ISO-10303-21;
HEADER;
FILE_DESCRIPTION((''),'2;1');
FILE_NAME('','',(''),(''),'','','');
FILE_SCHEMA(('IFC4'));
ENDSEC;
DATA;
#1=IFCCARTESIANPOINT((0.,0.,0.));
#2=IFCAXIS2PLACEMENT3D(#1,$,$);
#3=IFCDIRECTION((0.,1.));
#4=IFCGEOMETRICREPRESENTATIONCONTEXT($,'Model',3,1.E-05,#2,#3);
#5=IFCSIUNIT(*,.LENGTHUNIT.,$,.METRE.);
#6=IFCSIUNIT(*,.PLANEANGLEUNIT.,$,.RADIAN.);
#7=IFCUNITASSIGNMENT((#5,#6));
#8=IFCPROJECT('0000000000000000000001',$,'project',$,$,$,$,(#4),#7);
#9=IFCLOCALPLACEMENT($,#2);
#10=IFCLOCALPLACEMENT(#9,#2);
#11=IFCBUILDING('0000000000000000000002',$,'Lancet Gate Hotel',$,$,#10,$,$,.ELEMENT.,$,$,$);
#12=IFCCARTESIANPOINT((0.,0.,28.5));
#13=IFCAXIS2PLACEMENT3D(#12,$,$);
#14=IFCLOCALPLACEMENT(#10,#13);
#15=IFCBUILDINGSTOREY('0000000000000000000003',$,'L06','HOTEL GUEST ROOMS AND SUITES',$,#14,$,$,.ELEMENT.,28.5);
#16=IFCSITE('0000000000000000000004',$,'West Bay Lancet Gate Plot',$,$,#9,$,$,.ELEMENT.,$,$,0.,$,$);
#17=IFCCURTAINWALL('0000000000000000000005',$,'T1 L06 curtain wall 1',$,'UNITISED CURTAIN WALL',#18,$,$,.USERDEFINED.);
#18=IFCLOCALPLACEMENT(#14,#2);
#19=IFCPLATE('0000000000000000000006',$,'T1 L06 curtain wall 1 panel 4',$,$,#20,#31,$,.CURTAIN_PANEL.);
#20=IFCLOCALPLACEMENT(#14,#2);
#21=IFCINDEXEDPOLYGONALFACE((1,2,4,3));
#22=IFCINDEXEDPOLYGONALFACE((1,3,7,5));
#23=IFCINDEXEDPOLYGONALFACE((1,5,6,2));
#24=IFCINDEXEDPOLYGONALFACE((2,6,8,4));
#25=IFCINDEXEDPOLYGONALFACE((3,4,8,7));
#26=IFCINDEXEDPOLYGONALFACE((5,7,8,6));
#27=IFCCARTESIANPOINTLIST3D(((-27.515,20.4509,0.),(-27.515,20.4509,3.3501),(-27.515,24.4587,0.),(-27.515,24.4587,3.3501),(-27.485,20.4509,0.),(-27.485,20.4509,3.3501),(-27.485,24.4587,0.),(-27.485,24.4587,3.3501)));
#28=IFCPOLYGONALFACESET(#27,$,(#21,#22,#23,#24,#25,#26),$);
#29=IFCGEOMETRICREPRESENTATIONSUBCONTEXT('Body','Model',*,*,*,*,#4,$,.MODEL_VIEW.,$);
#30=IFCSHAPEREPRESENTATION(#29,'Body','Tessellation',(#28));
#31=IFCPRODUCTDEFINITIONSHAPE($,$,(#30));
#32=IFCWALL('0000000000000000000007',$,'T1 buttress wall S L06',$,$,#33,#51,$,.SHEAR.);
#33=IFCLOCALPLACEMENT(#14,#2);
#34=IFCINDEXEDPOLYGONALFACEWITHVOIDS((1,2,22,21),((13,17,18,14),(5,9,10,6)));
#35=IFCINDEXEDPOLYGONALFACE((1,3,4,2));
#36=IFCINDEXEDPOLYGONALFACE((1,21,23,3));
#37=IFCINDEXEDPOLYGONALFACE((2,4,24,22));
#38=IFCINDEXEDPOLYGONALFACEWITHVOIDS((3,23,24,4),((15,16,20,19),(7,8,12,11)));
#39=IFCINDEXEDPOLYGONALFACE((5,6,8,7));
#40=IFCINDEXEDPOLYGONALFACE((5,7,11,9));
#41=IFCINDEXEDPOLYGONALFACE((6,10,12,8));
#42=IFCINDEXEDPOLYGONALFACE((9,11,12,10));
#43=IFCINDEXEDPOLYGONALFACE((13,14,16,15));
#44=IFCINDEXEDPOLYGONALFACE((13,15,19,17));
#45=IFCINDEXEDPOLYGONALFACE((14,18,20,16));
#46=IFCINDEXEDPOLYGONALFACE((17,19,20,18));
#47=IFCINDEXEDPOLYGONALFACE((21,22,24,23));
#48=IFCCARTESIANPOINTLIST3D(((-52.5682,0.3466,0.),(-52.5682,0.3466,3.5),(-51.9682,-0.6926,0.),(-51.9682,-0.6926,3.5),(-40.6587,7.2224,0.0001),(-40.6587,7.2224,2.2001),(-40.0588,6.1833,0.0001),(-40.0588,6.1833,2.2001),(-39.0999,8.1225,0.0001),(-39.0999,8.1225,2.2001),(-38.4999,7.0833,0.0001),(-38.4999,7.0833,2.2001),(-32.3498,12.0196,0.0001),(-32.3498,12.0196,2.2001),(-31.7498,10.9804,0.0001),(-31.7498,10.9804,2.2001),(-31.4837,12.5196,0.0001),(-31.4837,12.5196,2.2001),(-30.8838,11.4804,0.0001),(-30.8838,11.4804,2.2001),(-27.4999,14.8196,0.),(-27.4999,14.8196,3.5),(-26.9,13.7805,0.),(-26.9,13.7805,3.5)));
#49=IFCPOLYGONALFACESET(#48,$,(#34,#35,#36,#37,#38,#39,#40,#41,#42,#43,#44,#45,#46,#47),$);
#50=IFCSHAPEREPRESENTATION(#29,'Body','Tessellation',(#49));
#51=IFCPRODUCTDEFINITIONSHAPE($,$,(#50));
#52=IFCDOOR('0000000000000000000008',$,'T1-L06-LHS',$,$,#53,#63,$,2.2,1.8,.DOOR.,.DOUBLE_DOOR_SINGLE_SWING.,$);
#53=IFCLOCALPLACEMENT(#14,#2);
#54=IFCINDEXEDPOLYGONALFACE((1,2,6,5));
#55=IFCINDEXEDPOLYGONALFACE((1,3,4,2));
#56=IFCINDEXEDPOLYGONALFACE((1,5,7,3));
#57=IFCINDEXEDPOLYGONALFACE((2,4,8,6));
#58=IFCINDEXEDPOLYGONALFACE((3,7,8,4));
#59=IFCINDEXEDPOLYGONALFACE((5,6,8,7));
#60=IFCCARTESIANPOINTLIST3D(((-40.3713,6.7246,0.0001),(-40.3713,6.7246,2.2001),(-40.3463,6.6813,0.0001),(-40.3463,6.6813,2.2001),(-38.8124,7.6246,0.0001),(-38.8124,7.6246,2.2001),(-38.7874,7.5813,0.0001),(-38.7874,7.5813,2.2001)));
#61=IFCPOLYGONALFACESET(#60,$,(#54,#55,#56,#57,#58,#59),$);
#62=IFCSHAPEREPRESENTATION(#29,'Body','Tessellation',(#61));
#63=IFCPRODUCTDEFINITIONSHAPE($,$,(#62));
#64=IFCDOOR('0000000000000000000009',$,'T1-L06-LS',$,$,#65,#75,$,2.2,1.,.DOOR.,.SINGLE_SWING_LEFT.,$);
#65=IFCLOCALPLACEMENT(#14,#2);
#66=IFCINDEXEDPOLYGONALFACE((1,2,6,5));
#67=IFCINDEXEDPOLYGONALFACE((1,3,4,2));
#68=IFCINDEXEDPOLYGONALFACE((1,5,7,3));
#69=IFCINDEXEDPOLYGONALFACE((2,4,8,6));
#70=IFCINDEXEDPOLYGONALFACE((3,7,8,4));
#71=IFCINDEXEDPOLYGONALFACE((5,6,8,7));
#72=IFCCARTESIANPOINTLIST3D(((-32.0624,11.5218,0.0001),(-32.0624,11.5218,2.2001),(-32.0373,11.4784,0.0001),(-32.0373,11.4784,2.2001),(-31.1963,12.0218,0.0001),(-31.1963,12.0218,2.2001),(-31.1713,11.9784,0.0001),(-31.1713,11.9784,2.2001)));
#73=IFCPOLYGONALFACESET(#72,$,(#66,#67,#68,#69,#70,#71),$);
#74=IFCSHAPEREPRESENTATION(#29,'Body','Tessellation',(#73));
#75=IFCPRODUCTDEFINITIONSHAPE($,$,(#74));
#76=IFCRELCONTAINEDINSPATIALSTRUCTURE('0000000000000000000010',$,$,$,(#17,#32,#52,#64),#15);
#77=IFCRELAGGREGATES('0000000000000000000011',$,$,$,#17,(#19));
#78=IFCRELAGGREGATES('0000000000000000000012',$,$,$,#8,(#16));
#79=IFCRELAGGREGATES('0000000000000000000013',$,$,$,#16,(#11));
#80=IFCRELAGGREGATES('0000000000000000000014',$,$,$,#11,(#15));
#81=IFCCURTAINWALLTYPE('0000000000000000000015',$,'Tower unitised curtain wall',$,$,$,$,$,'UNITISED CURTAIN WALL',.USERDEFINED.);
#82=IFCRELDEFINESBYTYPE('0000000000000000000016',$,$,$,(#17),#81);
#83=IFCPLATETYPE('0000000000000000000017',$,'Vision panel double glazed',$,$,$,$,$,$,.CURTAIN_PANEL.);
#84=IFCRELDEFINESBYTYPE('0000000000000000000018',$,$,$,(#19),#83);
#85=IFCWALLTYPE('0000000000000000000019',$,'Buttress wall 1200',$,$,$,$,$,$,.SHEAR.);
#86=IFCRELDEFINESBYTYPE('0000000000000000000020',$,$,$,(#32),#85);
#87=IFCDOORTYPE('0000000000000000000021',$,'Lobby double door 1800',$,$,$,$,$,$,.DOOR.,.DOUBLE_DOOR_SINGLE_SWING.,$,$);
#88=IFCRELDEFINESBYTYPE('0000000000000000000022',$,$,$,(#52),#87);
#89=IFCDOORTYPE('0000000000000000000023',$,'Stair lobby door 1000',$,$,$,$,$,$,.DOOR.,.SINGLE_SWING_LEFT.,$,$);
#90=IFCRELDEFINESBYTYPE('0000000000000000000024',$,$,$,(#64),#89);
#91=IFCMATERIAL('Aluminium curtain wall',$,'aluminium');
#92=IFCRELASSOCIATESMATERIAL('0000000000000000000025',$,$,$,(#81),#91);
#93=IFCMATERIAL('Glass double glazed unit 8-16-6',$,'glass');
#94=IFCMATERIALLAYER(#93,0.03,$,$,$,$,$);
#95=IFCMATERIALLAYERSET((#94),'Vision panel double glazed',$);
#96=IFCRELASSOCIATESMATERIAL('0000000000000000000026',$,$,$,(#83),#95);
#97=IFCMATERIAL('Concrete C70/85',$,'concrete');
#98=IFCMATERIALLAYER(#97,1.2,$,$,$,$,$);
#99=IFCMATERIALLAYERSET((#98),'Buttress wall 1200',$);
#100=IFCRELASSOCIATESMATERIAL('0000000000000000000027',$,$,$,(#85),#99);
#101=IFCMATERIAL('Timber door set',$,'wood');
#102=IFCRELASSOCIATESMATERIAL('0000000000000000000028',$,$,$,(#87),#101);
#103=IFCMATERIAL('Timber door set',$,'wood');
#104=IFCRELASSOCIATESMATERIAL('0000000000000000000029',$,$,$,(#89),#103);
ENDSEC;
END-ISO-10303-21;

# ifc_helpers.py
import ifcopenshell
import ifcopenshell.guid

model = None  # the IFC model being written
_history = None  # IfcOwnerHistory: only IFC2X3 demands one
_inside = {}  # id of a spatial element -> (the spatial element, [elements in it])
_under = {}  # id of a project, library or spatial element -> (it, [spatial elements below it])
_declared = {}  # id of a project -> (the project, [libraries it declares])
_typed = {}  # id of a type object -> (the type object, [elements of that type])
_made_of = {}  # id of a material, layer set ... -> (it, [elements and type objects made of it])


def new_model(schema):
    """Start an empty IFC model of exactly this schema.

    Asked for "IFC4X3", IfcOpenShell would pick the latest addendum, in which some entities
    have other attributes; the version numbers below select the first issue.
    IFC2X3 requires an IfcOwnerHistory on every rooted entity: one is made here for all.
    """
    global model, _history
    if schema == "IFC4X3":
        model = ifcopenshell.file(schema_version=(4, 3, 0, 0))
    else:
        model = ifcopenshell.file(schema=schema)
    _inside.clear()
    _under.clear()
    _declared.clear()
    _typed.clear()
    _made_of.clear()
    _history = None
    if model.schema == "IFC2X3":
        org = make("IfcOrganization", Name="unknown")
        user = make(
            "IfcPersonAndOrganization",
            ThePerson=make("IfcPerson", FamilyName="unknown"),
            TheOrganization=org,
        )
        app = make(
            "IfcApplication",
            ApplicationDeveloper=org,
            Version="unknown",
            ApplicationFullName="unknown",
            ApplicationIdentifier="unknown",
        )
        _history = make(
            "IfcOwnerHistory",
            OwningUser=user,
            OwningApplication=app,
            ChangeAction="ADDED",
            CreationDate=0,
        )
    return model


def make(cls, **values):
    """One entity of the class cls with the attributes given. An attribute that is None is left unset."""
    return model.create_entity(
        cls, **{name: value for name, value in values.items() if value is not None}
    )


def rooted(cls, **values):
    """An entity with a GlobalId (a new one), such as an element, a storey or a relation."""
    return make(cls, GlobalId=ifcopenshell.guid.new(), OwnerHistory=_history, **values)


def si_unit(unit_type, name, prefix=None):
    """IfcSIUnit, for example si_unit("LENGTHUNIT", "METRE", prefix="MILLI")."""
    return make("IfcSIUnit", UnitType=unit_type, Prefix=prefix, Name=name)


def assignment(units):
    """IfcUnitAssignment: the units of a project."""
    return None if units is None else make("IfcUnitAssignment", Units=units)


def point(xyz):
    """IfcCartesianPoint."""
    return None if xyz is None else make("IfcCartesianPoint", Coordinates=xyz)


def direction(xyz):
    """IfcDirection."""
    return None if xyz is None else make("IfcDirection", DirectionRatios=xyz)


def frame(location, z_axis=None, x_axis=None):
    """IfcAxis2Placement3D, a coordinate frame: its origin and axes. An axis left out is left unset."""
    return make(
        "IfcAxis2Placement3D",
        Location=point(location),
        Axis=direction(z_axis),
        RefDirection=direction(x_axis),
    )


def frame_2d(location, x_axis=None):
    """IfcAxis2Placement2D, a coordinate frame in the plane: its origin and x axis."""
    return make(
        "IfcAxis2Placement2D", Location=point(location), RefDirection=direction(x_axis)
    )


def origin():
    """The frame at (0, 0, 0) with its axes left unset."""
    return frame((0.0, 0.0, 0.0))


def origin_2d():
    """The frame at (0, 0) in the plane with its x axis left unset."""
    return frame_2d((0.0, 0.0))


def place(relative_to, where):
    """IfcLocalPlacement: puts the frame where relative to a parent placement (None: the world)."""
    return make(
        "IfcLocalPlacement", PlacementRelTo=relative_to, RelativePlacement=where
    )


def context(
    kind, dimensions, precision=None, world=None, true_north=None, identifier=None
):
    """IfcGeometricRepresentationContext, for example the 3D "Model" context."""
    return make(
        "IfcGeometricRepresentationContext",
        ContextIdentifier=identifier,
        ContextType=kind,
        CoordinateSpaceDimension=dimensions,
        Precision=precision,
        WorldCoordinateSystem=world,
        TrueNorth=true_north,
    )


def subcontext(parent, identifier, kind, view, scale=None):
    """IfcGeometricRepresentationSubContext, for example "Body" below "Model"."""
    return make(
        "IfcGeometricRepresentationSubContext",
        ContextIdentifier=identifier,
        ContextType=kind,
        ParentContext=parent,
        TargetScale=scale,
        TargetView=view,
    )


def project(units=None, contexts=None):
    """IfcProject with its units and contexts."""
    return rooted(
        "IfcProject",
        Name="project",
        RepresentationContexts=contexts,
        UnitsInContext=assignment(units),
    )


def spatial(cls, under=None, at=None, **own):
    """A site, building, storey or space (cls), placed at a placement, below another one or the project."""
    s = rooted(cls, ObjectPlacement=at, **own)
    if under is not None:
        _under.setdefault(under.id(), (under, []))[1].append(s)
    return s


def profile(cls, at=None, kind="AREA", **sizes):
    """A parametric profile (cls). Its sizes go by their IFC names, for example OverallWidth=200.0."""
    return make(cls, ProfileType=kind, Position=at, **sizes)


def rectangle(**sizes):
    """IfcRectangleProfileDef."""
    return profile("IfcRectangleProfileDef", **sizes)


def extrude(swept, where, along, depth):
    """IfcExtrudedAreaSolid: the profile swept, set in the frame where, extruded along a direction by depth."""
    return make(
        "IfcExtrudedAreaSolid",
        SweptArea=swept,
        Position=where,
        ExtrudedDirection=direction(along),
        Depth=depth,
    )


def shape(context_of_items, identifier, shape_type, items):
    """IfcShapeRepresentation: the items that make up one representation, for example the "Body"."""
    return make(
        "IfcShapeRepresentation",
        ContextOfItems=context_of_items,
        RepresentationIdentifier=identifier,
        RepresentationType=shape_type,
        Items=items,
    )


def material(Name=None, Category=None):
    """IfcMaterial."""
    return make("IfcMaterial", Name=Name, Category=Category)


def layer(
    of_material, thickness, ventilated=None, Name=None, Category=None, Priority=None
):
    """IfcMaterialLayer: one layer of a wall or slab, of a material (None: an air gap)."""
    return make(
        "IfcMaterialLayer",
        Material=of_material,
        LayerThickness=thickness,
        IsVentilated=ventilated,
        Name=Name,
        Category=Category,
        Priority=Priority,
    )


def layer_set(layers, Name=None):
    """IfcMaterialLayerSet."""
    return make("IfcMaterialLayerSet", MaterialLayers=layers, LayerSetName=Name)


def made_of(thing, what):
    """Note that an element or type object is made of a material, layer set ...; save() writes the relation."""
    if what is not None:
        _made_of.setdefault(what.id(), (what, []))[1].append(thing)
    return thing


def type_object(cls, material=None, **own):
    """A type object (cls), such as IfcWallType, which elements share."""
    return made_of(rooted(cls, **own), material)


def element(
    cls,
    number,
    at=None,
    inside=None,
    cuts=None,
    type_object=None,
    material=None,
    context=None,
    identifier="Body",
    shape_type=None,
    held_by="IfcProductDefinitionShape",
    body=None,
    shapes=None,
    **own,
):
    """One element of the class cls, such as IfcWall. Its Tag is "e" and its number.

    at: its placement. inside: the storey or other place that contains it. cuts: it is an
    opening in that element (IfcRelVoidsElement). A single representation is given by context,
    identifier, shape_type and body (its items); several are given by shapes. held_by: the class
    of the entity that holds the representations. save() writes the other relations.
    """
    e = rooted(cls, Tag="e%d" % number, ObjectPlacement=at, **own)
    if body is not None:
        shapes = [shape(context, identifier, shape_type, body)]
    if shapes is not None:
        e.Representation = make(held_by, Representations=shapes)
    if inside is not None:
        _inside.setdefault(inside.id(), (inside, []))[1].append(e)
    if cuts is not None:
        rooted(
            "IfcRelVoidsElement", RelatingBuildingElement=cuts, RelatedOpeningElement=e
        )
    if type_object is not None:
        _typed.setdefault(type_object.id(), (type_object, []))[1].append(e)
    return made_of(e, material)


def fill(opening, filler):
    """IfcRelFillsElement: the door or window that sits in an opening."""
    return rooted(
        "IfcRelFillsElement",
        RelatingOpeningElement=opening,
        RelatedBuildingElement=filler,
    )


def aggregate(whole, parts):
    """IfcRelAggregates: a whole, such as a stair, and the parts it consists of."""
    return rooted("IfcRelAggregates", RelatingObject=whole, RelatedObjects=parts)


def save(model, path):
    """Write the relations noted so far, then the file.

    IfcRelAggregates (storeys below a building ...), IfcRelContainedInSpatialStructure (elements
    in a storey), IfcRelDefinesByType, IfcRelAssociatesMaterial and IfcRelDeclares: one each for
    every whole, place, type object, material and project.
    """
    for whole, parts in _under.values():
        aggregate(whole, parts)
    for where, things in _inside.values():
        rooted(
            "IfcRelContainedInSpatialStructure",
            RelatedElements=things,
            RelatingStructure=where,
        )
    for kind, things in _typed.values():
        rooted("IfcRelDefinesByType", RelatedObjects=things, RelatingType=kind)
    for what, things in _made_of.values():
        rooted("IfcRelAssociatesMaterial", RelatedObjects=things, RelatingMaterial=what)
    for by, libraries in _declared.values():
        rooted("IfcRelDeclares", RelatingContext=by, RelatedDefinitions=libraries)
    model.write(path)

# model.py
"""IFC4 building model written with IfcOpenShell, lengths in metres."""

from ifc_helpers import new_model, si_unit, direction, frame, frame_2d, origin, origin_2d, place, context, subcontext, project, spatial, rectangle, extrude, material, layer, layer_set, type_object, element, fill, aggregate, save


model = new_model("IFC4")

# Units and contexts
model_context = context("Model", 3, precision=1e-05, world=origin(), true_north=direction((0.0, 1.0)))
body_context = subcontext(model_context, "Body", "Model", "MODEL_VIEW")
ifc_project = project(units=[si_unit("LENGTHUNIT", "METRE"), si_unit("PLANEANGLEUNIT", "RADIAN")], contexts=[model_context])

# Site, building, storey
site_placement = place(None, origin())
site = spatial("IfcSite", under=ifc_project, at=site_placement, Name="West Bay Lancet Gate Plot", CompositionType="ELEMENT", RefElevation=0.0)
building_placement = place(site_placement, origin())
building = spatial("IfcBuilding", under=site, at=building_placement, Name="Lancet Gate Hotel", CompositionType="ELEMENT")
storey_placement = place(building_placement, frame((0.0, 0.0, 28.5)))
storey = spatial("IfcBuildingStorey", under=building, at=storey_placement, Name="L06", Description="HOTEL GUEST ROOMS AND SUITES", CompositionType="ELEMENT", Elevation=28.5)

# Curtain wall
ifc_material_1 = material(Name="Aluminium curtain wall", Category="aluminium")
curtain_wall_type = type_object("IfcCurtainWallType", Name="Tower unitised curtain wall", ElementType="UNITISED CURTAIN WALL", PredefinedType="USERDEFINED", material=ifc_material_1)
curtain_wall_placement = place(storey_placement, origin())
curtain_wall = element("IfcCurtainWall", 1, at=curtain_wall_placement, inside=storey, type_object=curtain_wall_type, Name="T1 L06 curtain wall 1", ObjectType="UNITISED CURTAIN WALL", PredefinedType="USERDEFINED")

# Plate
ifc_material_2 = material(Name="Glass double glazed unit 8-16-6", Category="glass")
ifc_layer_1 = layer(ifc_material_2, 0.03)
ifc_layer_set_1 = layer_set([ifc_layer_1], Name="Vision panel double glazed")
plate_type = type_object("IfcPlateType", Name="Vision panel double glazed", PredefinedType="CURTAIN_PANEL", material=ifc_layer_set_1)
plate_1_placement = place(storey_placement, frame((-27.5, 22.4548, 0.0), z_axis=(0.0, 0.0, 1.0), x_axis=(0.0, 1.0, 0.0)))
plate_1 = element("IfcPlate", 2, at=plate_1_placement, type_object=plate_type, Name="T1 L06 curtain wall 1 panel 4", PredefinedType="CURTAIN_PANEL", context=body_context, shape_type="SweptSolid", body=[
    extrude(rectangle(XDim=4.0078, YDim=0.03, at=origin_2d()), origin(), (0.0, 0.0, 1.0), 3.3501),
])
aggregate(curtain_wall, [plate_1])

# Wall, openings, doors
ifc_material_3 = material(Name="Concrete C70/85", Category="concrete")
ifc_layer_2 = layer(ifc_material_3, 1.2)
ifc_layer_set_2 = layer_set([ifc_layer_2], Name="Buttress wall 1200")
wall_type = type_object("IfcWallType", Name="Buttress wall 1200", PredefinedType="SHEAR", material=ifc_layer_set_2)
wall_placement = place(storey_placement, frame((-27.2, 14.3, 0.0), z_axis=(0.0, 0.0, 1.0), x_axis=(-0.866027, -0.499998, 0.0)))
wall = element("IfcWall", 3, at=wall_placement, inside=storey, type_object=wall_type, Name="T1 buttress wall S L06", PredefinedType="SHEAR", context=body_context, shape_type="SweptSolid", body=[
    extrude(rectangle(XDim=28.9463, YDim=1.2, at=frame_2d((14.4731, 0.0))), origin(), (0.0, 0.0, 1.0), 3.5),
])
opening_1_placement = place(wall_placement, frame((4.6001, 0.0, 0.0)))
opening_1 = element("IfcOpeningElement", 4, at=opening_1_placement, cuts=wall, PredefinedType="OPENING", context=body_context, shape_type="SweptSolid", body=[
    extrude(rectangle(XDim=1.0, YDim=2.2, at=frame_2d((0.5, 1.1001))), frame((0.0, 0.6099, 0.0), z_axis=(0.0, -1.0, 0.0), x_axis=(1.0, 0.0, 0.0)), (0.0, 0.0, 1.0), 1.22),
])
opening_2_placement = place(wall_placement, frame((13.3945, 0.0, 0.0)))
opening_2 = element("IfcOpeningElement", 5, at=opening_2_placement, cuts=wall, PredefinedType="OPENING", context=body_context, shape_type="SweptSolid", body=[
    extrude(rectangle(XDim=1.8, YDim=2.2, at=frame_2d((0.8999, 1.1001))), frame((0.0, 0.6099, 0.0), z_axis=(0.0, -1.0, 0.0), x_axis=(1.0, 0.0, 0.0)), (0.0, 0.0, 1.0), 1.22),
])
ifc_material_4 = material(Name="Timber door set", Category="wood")
door_type_1 = type_object("IfcDoorType", Name="Lobby double door 1800", OperationType="DOUBLE_DOOR_SINGLE_SWING", PredefinedType="DOOR", material=ifc_material_4)
door_1_placement = place(opening_2_placement, origin())
door_1 = element("IfcDoor", 6, at=door_1_placement, inside=storey, type_object=door_type_1, Name="T1-L06-LHS", OperationType="DOUBLE_DOOR_SINGLE_SWING", OverallHeight=2.2, OverallWidth=1.8, PredefinedType="DOOR", context=body_context, shape_type="SweptSolid", body=[
    extrude(rectangle(XDim=1.8, YDim=2.2, at=frame_2d((0.8999, 1.1001))), frame((0.0, 0.0249, 0.0), z_axis=(0.0, -1.0, 0.0), x_axis=(1.0, 0.0, 0.0)), (0.0, 0.0, 1.0), 0.05),
])
fill(opening_2, door_1)
ifc_material_5 = material(Name="Timber door set", Category="wood")
door_type_2 = type_object("IfcDoorType", Name="Stair lobby door 1000", OperationType="SINGLE_SWING_LEFT", PredefinedType="DOOR", material=ifc_material_5)
door_2_placement = place(opening_1_placement, origin())
door_2 = element("IfcDoor", 7, at=door_2_placement, inside=storey, type_object=door_type_2, Name="T1-L06-LS", OperationType="SINGLE_SWING_LEFT", OverallHeight=2.2, OverallWidth=1.0, PredefinedType="DOOR", context=body_context, shape_type="SweptSolid", body=[
    extrude(rectangle(XDim=1.0, YDim=2.2, at=frame_2d((0.5, 1.1001))), frame((0.0, 0.0249, 0.0), z_axis=(0.0, -1.0, 0.0), x_axis=(1.0, 0.0, 0.0)), (0.0, 0.0, 1.0), 0.05),
])
fill(opening_1, door_2)

save(model, "model.ifc")
